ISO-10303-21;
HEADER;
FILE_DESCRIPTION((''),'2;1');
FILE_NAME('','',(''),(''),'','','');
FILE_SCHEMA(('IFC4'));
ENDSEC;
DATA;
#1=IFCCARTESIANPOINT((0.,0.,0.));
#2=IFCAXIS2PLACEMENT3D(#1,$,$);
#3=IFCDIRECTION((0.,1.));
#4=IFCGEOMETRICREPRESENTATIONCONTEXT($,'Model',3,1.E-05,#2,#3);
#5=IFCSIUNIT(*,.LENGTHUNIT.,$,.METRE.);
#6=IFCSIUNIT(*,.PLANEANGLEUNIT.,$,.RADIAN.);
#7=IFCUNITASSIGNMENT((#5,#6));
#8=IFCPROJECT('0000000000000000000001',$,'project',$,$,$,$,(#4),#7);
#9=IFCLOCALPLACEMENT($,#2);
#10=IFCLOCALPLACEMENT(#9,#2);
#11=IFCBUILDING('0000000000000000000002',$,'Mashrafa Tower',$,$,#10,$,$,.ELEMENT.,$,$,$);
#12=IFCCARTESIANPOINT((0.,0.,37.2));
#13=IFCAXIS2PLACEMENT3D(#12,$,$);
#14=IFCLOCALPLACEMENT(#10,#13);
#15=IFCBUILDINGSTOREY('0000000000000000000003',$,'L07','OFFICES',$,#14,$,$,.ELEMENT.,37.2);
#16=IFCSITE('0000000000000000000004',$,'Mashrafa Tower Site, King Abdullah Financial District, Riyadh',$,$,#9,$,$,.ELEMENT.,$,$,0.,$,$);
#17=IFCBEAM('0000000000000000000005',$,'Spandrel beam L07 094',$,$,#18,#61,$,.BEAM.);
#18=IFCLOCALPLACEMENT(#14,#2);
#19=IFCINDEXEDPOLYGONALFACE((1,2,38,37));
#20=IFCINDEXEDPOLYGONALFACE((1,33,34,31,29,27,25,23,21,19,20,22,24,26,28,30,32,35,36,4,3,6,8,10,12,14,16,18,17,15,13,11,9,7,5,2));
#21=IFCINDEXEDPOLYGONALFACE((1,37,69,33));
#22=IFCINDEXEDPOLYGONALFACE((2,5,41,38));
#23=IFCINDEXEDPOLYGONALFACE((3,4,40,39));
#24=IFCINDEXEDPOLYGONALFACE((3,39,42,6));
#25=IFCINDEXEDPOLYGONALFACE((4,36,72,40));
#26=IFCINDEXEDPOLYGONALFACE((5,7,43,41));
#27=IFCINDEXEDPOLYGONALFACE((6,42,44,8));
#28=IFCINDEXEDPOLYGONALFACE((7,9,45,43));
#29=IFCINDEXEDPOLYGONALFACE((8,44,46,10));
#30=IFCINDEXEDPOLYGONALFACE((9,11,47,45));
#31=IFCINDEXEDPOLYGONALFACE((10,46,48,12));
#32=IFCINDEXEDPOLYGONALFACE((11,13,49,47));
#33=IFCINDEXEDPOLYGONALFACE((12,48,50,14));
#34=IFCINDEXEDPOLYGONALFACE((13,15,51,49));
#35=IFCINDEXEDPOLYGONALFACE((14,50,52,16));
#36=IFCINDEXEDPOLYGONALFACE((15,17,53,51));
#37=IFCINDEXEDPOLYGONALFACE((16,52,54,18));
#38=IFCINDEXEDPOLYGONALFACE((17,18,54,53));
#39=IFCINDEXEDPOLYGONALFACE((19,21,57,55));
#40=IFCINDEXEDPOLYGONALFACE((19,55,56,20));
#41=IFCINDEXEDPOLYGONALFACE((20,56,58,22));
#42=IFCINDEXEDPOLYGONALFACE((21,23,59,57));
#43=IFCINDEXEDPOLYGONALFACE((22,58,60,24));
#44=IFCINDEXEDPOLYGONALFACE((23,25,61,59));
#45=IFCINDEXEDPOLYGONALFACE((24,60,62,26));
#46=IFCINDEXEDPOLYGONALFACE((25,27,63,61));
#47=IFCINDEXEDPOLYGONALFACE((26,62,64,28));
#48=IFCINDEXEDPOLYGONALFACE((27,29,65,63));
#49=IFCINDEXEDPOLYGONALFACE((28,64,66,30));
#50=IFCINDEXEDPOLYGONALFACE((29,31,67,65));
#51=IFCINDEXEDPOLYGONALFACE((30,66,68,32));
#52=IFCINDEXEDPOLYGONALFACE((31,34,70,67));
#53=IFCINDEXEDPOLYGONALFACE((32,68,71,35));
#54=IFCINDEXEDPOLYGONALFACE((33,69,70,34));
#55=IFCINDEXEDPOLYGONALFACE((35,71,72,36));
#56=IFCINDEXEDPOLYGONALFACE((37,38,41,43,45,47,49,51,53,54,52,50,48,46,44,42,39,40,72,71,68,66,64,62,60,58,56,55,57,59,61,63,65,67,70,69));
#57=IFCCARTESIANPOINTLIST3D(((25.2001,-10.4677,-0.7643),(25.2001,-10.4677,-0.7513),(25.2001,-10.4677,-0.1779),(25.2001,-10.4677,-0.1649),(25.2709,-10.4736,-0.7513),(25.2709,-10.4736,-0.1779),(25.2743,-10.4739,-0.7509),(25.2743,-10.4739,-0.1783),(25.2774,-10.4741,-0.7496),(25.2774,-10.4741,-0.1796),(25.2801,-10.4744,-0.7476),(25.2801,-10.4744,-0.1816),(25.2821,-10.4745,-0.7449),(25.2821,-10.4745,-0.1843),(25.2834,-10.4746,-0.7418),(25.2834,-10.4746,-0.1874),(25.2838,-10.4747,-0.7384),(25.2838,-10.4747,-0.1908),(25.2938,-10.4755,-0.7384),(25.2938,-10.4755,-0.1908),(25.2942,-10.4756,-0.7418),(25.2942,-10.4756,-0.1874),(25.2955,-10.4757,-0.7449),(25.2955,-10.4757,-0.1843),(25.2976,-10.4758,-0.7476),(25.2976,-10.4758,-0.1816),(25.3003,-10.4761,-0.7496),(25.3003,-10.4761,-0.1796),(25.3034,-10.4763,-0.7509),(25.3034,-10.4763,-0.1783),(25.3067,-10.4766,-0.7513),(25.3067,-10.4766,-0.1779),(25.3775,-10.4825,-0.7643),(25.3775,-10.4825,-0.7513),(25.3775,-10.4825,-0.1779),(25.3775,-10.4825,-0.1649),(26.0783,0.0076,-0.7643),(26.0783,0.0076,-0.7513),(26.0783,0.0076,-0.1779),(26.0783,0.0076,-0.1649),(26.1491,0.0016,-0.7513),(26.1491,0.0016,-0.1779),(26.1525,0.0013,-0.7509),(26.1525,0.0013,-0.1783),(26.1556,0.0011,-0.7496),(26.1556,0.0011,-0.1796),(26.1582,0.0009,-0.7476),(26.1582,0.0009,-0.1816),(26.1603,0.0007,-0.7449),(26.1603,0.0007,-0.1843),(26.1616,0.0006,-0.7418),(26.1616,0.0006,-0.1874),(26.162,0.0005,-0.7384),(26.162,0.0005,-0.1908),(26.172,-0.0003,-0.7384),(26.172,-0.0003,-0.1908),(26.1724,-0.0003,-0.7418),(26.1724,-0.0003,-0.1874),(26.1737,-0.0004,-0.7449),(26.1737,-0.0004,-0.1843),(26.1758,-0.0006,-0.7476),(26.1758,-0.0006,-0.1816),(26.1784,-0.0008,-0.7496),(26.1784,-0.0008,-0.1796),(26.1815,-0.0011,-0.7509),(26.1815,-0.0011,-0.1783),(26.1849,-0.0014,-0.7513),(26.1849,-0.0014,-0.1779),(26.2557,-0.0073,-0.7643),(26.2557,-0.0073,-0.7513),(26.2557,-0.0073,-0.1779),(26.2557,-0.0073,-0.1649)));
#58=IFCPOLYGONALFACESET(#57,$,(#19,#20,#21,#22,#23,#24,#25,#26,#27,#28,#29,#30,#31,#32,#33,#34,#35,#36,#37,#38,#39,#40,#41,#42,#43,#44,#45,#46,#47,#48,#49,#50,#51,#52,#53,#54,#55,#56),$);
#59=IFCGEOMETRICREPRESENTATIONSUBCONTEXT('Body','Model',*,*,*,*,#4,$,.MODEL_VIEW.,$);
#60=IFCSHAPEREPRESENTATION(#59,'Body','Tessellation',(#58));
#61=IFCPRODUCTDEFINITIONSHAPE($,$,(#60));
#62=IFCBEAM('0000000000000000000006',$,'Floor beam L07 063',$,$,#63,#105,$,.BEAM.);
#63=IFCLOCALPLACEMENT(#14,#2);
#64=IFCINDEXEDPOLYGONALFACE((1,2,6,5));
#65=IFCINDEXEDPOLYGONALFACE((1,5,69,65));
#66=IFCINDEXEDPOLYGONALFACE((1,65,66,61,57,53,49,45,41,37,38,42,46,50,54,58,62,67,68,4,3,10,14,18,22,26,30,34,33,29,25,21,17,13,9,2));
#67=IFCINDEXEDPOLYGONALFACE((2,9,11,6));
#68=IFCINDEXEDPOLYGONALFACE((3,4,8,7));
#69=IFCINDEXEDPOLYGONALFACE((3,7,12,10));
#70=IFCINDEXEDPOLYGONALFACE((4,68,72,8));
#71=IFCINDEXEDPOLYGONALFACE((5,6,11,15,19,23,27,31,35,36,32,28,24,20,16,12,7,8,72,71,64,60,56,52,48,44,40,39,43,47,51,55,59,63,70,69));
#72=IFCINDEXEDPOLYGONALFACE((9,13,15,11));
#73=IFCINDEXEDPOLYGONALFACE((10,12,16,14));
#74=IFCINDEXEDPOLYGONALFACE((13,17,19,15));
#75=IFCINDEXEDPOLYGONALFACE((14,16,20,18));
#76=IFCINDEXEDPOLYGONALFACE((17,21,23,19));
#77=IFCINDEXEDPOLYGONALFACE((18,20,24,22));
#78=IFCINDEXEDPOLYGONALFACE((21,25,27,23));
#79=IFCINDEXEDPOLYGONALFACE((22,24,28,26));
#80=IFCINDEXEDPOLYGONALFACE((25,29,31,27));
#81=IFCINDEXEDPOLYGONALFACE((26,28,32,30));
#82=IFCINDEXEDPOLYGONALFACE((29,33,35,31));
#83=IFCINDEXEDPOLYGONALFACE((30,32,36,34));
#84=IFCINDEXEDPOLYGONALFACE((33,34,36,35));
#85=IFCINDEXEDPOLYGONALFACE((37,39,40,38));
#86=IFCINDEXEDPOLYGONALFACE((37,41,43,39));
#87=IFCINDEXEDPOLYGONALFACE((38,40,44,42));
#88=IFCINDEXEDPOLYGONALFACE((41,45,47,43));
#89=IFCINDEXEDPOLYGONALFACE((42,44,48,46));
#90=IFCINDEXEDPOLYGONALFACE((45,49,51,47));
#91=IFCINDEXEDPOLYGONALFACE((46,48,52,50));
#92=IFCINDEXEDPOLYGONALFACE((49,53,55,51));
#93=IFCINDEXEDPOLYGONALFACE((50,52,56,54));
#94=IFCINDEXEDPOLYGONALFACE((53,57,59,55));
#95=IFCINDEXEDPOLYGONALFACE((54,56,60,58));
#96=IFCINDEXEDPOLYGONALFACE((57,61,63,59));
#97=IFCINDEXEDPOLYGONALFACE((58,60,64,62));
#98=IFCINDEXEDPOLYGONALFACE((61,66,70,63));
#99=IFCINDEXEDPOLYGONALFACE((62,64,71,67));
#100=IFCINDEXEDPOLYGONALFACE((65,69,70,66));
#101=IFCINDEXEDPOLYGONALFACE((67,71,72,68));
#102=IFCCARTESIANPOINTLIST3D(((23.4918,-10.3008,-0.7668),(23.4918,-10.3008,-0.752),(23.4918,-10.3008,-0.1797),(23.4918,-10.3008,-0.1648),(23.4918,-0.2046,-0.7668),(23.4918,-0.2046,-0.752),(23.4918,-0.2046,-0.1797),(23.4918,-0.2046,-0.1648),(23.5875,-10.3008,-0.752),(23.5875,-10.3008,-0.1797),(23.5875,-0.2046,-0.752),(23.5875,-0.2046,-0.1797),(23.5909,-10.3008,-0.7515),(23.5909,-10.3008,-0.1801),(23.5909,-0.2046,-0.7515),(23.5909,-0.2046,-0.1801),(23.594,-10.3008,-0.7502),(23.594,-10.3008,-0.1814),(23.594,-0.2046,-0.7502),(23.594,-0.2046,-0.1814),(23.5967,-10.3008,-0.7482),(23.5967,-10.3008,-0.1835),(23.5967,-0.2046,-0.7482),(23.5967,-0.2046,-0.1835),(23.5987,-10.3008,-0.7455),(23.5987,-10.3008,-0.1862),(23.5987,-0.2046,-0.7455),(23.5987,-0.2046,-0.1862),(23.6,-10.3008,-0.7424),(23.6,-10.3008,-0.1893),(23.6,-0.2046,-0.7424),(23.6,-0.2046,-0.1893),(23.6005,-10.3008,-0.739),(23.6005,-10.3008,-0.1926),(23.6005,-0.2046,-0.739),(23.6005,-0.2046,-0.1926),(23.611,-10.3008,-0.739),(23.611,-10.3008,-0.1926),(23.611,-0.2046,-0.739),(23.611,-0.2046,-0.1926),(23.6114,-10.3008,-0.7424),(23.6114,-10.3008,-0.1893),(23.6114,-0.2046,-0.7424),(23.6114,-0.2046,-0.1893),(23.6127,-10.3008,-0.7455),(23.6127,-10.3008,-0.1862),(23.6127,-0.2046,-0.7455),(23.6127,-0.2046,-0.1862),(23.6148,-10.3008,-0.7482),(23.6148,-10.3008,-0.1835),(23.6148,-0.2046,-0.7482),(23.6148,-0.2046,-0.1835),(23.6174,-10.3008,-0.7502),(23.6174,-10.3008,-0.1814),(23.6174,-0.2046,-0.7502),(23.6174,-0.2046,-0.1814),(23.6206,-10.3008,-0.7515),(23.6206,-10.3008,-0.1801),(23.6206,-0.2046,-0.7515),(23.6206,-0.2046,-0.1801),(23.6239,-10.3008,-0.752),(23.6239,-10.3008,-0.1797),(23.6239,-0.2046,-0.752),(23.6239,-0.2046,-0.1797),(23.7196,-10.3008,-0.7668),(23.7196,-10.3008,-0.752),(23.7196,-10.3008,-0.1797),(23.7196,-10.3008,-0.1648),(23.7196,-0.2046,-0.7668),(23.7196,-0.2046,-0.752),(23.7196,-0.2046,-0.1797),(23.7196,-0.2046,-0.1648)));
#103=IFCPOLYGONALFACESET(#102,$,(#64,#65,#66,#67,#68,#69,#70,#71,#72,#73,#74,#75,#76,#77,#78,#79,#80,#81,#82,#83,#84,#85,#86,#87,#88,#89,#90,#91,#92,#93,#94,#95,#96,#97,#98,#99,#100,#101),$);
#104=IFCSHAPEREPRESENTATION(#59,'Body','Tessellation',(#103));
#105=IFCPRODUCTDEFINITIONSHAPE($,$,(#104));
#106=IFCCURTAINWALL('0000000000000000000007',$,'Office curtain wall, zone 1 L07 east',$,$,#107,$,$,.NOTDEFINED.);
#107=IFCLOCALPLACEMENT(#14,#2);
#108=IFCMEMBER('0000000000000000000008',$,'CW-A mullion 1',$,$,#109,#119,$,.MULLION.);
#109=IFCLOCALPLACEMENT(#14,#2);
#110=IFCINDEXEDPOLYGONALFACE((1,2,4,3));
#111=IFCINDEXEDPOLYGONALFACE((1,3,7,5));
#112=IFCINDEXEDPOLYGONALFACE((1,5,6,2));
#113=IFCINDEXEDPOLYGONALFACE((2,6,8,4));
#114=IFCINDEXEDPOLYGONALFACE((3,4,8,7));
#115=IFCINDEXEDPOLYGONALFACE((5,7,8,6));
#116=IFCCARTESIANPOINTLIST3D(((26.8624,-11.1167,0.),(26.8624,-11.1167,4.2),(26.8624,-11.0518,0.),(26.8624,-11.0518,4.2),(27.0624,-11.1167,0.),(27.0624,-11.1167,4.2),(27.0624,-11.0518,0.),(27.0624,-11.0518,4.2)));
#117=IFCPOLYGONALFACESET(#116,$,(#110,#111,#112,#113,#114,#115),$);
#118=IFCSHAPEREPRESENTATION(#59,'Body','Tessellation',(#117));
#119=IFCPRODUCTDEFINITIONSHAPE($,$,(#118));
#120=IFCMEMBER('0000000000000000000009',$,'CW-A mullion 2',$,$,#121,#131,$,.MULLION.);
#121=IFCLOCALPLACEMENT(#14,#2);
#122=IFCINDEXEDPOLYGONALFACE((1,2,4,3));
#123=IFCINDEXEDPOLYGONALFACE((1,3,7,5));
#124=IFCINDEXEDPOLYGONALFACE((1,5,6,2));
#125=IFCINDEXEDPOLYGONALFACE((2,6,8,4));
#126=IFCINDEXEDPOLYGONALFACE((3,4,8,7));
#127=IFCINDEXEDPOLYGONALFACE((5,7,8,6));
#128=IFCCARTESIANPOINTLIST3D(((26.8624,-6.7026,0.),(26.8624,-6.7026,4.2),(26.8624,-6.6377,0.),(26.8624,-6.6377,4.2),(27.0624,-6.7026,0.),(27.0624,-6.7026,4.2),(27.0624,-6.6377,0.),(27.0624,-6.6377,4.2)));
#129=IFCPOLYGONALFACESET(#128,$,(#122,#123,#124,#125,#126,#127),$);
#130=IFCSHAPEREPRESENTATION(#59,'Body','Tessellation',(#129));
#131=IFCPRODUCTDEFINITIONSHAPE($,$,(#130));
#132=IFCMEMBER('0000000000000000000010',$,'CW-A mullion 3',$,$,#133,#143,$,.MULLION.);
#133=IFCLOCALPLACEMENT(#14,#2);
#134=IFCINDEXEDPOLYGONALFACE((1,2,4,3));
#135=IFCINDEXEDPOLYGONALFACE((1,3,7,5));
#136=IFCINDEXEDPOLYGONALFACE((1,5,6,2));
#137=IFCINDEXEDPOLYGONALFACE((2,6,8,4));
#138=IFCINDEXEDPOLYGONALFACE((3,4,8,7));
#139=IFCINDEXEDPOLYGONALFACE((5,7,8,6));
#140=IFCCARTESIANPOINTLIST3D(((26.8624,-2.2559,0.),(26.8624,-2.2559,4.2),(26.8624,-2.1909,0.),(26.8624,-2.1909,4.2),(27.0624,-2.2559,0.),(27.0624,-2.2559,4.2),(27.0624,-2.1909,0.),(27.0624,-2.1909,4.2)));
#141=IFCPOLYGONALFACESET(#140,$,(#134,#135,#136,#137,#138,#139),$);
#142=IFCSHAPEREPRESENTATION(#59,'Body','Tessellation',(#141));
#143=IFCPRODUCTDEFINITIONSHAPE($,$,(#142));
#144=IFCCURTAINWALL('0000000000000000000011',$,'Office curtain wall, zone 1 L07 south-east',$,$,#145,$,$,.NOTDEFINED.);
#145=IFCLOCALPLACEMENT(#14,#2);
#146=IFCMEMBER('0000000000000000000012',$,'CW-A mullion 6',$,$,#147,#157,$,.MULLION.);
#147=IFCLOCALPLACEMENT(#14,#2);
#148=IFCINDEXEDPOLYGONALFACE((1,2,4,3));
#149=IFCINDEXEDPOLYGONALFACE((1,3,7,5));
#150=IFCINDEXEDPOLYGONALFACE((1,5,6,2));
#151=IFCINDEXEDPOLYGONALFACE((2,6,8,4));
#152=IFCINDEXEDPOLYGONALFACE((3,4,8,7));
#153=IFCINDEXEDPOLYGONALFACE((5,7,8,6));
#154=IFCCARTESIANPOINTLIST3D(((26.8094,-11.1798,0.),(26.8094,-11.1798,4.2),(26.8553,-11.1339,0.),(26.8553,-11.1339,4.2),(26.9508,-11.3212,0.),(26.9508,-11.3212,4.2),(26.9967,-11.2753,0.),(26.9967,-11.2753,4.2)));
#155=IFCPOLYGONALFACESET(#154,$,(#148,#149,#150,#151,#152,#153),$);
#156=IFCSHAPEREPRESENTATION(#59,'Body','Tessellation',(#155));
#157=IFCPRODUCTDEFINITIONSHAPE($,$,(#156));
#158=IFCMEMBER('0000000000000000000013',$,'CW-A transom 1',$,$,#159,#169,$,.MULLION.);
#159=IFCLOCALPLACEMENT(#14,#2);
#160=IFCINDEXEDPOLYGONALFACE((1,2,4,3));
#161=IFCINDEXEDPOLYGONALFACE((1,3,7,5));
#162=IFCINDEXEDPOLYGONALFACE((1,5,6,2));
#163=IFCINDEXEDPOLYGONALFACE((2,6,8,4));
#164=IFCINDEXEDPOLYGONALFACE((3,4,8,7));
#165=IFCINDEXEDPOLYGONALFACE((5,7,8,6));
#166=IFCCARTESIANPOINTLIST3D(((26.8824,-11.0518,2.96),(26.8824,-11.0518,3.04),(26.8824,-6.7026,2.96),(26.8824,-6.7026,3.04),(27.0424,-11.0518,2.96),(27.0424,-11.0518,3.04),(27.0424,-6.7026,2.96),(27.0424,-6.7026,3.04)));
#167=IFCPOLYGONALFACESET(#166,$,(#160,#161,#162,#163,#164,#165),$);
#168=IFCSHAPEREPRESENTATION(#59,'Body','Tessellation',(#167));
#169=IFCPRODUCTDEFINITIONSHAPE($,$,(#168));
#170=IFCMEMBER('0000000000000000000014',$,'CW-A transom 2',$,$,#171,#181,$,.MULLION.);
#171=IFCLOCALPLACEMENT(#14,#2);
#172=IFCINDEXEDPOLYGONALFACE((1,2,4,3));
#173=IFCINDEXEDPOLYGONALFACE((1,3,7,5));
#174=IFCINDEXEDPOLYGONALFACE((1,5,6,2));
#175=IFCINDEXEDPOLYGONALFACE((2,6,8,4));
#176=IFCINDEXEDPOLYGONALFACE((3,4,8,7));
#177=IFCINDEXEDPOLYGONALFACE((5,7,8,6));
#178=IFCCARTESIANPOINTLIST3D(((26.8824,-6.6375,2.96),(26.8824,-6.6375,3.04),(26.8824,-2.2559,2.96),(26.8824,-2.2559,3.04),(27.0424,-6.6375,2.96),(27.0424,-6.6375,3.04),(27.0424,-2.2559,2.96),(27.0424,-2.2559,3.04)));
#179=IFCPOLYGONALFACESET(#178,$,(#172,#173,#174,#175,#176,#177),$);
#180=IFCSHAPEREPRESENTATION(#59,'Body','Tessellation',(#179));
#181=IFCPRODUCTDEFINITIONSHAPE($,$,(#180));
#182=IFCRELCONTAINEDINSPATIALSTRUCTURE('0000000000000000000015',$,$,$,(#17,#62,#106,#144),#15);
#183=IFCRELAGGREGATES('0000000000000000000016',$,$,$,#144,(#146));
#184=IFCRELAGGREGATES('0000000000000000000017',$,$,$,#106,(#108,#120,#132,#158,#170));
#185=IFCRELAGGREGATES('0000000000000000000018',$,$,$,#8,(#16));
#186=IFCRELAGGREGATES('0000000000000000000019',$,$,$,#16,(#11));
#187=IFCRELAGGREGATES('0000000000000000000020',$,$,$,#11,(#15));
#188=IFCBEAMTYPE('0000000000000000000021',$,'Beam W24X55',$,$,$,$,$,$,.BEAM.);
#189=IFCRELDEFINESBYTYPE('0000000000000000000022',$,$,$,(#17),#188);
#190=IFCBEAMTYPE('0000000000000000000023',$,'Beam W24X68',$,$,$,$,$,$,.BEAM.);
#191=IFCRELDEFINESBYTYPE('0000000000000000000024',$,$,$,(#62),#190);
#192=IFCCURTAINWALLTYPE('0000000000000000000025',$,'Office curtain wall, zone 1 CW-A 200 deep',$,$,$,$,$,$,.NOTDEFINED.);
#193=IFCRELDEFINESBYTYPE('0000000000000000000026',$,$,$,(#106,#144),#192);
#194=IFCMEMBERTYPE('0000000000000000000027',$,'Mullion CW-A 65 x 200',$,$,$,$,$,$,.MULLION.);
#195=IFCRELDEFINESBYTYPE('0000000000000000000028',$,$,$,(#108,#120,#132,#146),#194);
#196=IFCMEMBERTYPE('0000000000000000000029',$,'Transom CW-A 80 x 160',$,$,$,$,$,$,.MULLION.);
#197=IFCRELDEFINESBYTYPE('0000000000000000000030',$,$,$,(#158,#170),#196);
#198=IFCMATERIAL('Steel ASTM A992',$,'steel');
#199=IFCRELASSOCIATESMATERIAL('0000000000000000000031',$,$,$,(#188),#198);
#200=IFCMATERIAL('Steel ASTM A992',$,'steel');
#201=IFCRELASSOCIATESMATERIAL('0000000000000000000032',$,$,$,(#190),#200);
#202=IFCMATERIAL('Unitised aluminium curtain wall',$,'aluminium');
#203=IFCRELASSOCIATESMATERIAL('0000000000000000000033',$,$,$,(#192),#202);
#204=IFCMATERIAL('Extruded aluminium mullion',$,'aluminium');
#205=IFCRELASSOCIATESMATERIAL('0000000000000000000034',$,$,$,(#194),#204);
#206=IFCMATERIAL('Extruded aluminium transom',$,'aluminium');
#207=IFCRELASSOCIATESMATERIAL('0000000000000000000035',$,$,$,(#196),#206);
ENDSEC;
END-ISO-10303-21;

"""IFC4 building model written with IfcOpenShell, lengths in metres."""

from ifc_helpers import new_model, si_unit, direction, frame, origin, origin_2d, place, context, subcontext, project, spatial, rectangle, i_section, extrude, source, transform, mapped, material, material_profile, profile_set, type_object, type_shapes, element, aggregate, save


model = new_model("IFC4")

# Units and contexts
model_context = context("Model", 3, precision=1e-05, world=origin(), true_north=direction((0.0, 1.0)))
body_context = subcontext(model_context, "Body", "Model", "MODEL_VIEW")
ifc_project = project(units=[si_unit("LENGTHUNIT", "METRE"), si_unit("PLANEANGLEUNIT", "RADIAN")], contexts=[model_context])

# Site, building, storey
site_placement = place(None, origin())
site = spatial("IfcSite", under=ifc_project, at=site_placement, Name="Mashrafa Tower Site, King Abdullah Financial District, Riyadh", CompositionType="ELEMENT", RefElevation=0.0)
building_placement = place(site_placement, origin())
building = spatial("IfcBuilding", under=site, at=building_placement, Name="Mashrafa Tower", CompositionType="ELEMENT")
storey_placement = place(building_placement, frame((0.0, 0.0, 37.2)))
storey = spatial("IfcBuildingStorey", under=building, at=storey_placement, Name="L07", Description="OFFICES", CompositionType="ELEMENT", Elevation=37.2)

# Beams
ifc_material_1 = material(Name="Steel ASTM A992", Category="steel")
ifc_material_profile_1 = material_profile(ifc_material_1, i_section(OverallWidth=0.178, OverallDepth=0.5994, WebThickness=0.01, FlangeThickness=0.0129, FilletRadius=0.0129, at=origin_2d()), Name="W24X55")
ifc_profile_set_1 = profile_set([ifc_material_profile_1], Name="Steel ASTM A992")
beam_type_1 = type_object("IfcBeamType", Name="Beam W24X55", PredefinedType="BEAM", material=ifc_profile_set_1)
beam_1_placement = place(storey_placement, frame((25.2888, -10.4751, -0.4646), z_axis=(0.083541, 0.996504, 0.0), x_axis=(-0.996504, 0.083541, 0.0)))
element("IfcBeam", 1, at=beam_1_placement, inside=storey, type_object=beam_type_1, Name="Spandrel beam L07 094", PredefinedType="BEAM", context=body_context, shape_type="SweptSolid", body=[
    extrude(i_section(OverallWidth=0.178, OverallDepth=0.5994, WebThickness=0.01, FlangeThickness=0.0129, FilletRadius=0.0129, at=origin_2d()), origin(), (0.0, 0.0, 1.0), 10.512),
])
ifc_material_2 = material(Name="Steel ASTM A992", Category="steel")
ifc_material_profile_2 = material_profile(ifc_material_2, i_section(OverallWidth=0.2278, OverallDepth=0.6021, WebThickness=0.0105, FlangeThickness=0.0149, FilletRadius=0.0129, at=origin_2d()), Name="W24X68")
ifc_profile_set_2 = profile_set([ifc_material_profile_2], Name="Steel ASTM A992")
beam_type_2 = type_object("IfcBeamType", Name="Beam W24X68", PredefinedType="BEAM", material=ifc_profile_set_2)
beam_2_placement = place(storey_placement, frame((23.6057, -0.2046, -0.4658), z_axis=(0.0, -1.0, 0.0), x_axis=(1.0, 0.0, 0.0)))
element("IfcBeam", 2, at=beam_2_placement, inside=storey, type_object=beam_type_2, Name="Floor beam L07 063", PredefinedType="BEAM", context=body_context, shape_type="SweptSolid", body=[
    extrude(i_section(OverallWidth=0.2278, OverallDepth=0.6021, WebThickness=0.0105, FlangeThickness=0.0149, FilletRadius=0.0129, at=origin_2d()), origin(), (0.0, 0.0, 1.0), 10.0962),
])

# Curtain wall, members
ifc_material_3 = material(Name="Unitised aluminium curtain wall", Category="aluminium")
curtain_wall_type = type_object("IfcCurtainWallType", Name="Office curtain wall, zone 1 CW-A 200 deep", PredefinedType="NOTDEFINED", material=ifc_material_3)
curtain_wall_1_placement = place(storey_placement, origin())
curtain_wall_1 = element("IfcCurtainWall", 3, at=curtain_wall_1_placement, inside=storey, type_object=curtain_wall_type, Name="Office curtain wall, zone 1 L07 east", PredefinedType="NOTDEFINED")
ifc_material_4 = material(Name="Extruded aluminium mullion", Category="aluminium")
ifc_material_profile_3 = material_profile(ifc_material_4, rectangle(XDim=0.2, YDim=0.0649, at=origin_2d()), Name="Mullion 65x200")
ifc_profile_set_3 = profile_set([ifc_material_profile_3], Name="Extruded aluminium mullion")
member_type_1 = type_object("IfcMemberType", Name="Mullion CW-A 65 x 200", PredefinedType="MULLION", material=ifc_profile_set_3)
shared_shape_1 = source(origin(), body_context, "Body", "SweptSolid", [
    extrude(rectangle(XDim=0.2, YDim=0.0649, at=origin_2d()), origin(), (0.0, 0.0, 1.0), 4.2),
])
type_shapes(member_type_1, [shared_shape_1])
member_1_placement = place(storey_placement, frame((26.9624, -11.0842, 0.0), z_axis=(0.0, 0.0, 1.0), x_axis=(-1.0, 0.0, 0.0)))
member_1 = element("IfcMember", 4, at=member_1_placement, type_object=member_type_1, Name="CW-A mullion 1", PredefinedType="MULLION", context=body_context, shape_type="MappedRepresentation", body=[
    mapped(shared_shape_1, transform((0.0, 0.0, 0.0))),
])
member_2_placement = place(storey_placement, frame((26.9624, -6.6702, 0.0), z_axis=(0.0, 0.0, 1.0), x_axis=(-1.0, 0.0, 0.0)))
member_2 = element("IfcMember", 5, at=member_2_placement, type_object=member_type_1, Name="CW-A mullion 2", PredefinedType="MULLION", context=body_context, shape_type="MappedRepresentation", body=[
    mapped(shared_shape_1, transform((0.0, 0.0, 0.0))),
])
member_3_placement = place(storey_placement, frame((26.9624, -2.2234, 0.0), z_axis=(0.0, 0.0, 1.0), x_axis=(-1.0, 0.0, 0.0)))
member_3 = element("IfcMember", 6, at=member_3_placement, type_object=member_type_1, Name="CW-A mullion 3", PredefinedType="MULLION", context=body_context, shape_type="MappedRepresentation", body=[
    mapped(shared_shape_1, transform((0.0, 0.0, 0.0))),
])

# Curtain wall, member
curtain_wall_2_placement = place(storey_placement, origin())
curtain_wall_2 = element("IfcCurtainWall", 7, at=curtain_wall_2_placement, inside=storey, type_object=curtain_wall_type, Name="Office curtain wall, zone 1 L07 south-east", PredefinedType="NOTDEFINED")
member_4_placement = place(storey_placement, frame((26.9031, -11.2275, 0.0), z_axis=(0.0, 0.0, 1.0), x_axis=(-0.707107, 0.707107, 0.0)))
member_4 = element("IfcMember", 8, at=member_4_placement, type_object=member_type_1, Name="CW-A mullion 6", PredefinedType="MULLION", context=body_context, shape_type="MappedRepresentation", body=[
    mapped(shared_shape_1, transform((0.0, 0.0, 0.0))),
])

# Members
ifc_material_5 = material(Name="Extruded aluminium transom", Category="aluminium")
ifc_material_profile_4 = material_profile(ifc_material_5, rectangle(XDim=0.1599, YDim=0.0801, at=origin_2d()), Name="Transom 80x160")
ifc_profile_set_4 = profile_set([ifc_material_profile_4], Name="Extruded aluminium transom")
member_type_2 = type_object("IfcMemberType", Name="Transom CW-A 80 x 160", PredefinedType="MULLION", material=ifc_profile_set_4)
shared_shape_2 = source(origin(), body_context, "Body", "SweptSolid", [
    extrude(rectangle(XDim=0.1599, YDim=0.0801, at=origin_2d()), origin(), (0.0, 0.0, 1.0), 4.3491),
])
member_5_placement = place(storey_placement, frame((26.9624, -11.0518, 3.0), z_axis=(0.0, 1.0, 0.0), x_axis=(-1.0, 0.0, 0.0)))
member_5 = element("IfcMember", 9, at=member_5_placement, type_object=member_type_2, Name="CW-A transom 1", PredefinedType="MULLION", context=body_context, shape_type="MappedRepresentation", body=[
    mapped(shared_shape_2, transform((0.0, 0.0, 0.0))),
])
shared_shape_3 = source(origin(), body_context, "Body", "SweptSolid", [
    extrude(rectangle(XDim=0.1599, YDim=0.0801, at=origin_2d()), origin(), (0.0, 0.0, 1.0), 4.3816),
])
member_6_placement = place(storey_placement, frame((26.9624, -6.6375, 3.0), z_axis=(0.0, 1.0, 0.0), x_axis=(-1.0, 0.0, 0.0)))
member_6 = element("IfcMember", 10, at=member_6_placement, type_object=member_type_2, Name="CW-A transom 2", PredefinedType="MULLION", context=body_context, shape_type="MappedRepresentation", body=[
    mapped(shared_shape_3, transform((0.0, 0.0, 0.0))),
])

aggregate(curtain_wall_2, [member_4])
aggregate(curtain_wall_1, [member_1, member_2, member_3, member_5, member_6])

save(model, "model.ifc")
